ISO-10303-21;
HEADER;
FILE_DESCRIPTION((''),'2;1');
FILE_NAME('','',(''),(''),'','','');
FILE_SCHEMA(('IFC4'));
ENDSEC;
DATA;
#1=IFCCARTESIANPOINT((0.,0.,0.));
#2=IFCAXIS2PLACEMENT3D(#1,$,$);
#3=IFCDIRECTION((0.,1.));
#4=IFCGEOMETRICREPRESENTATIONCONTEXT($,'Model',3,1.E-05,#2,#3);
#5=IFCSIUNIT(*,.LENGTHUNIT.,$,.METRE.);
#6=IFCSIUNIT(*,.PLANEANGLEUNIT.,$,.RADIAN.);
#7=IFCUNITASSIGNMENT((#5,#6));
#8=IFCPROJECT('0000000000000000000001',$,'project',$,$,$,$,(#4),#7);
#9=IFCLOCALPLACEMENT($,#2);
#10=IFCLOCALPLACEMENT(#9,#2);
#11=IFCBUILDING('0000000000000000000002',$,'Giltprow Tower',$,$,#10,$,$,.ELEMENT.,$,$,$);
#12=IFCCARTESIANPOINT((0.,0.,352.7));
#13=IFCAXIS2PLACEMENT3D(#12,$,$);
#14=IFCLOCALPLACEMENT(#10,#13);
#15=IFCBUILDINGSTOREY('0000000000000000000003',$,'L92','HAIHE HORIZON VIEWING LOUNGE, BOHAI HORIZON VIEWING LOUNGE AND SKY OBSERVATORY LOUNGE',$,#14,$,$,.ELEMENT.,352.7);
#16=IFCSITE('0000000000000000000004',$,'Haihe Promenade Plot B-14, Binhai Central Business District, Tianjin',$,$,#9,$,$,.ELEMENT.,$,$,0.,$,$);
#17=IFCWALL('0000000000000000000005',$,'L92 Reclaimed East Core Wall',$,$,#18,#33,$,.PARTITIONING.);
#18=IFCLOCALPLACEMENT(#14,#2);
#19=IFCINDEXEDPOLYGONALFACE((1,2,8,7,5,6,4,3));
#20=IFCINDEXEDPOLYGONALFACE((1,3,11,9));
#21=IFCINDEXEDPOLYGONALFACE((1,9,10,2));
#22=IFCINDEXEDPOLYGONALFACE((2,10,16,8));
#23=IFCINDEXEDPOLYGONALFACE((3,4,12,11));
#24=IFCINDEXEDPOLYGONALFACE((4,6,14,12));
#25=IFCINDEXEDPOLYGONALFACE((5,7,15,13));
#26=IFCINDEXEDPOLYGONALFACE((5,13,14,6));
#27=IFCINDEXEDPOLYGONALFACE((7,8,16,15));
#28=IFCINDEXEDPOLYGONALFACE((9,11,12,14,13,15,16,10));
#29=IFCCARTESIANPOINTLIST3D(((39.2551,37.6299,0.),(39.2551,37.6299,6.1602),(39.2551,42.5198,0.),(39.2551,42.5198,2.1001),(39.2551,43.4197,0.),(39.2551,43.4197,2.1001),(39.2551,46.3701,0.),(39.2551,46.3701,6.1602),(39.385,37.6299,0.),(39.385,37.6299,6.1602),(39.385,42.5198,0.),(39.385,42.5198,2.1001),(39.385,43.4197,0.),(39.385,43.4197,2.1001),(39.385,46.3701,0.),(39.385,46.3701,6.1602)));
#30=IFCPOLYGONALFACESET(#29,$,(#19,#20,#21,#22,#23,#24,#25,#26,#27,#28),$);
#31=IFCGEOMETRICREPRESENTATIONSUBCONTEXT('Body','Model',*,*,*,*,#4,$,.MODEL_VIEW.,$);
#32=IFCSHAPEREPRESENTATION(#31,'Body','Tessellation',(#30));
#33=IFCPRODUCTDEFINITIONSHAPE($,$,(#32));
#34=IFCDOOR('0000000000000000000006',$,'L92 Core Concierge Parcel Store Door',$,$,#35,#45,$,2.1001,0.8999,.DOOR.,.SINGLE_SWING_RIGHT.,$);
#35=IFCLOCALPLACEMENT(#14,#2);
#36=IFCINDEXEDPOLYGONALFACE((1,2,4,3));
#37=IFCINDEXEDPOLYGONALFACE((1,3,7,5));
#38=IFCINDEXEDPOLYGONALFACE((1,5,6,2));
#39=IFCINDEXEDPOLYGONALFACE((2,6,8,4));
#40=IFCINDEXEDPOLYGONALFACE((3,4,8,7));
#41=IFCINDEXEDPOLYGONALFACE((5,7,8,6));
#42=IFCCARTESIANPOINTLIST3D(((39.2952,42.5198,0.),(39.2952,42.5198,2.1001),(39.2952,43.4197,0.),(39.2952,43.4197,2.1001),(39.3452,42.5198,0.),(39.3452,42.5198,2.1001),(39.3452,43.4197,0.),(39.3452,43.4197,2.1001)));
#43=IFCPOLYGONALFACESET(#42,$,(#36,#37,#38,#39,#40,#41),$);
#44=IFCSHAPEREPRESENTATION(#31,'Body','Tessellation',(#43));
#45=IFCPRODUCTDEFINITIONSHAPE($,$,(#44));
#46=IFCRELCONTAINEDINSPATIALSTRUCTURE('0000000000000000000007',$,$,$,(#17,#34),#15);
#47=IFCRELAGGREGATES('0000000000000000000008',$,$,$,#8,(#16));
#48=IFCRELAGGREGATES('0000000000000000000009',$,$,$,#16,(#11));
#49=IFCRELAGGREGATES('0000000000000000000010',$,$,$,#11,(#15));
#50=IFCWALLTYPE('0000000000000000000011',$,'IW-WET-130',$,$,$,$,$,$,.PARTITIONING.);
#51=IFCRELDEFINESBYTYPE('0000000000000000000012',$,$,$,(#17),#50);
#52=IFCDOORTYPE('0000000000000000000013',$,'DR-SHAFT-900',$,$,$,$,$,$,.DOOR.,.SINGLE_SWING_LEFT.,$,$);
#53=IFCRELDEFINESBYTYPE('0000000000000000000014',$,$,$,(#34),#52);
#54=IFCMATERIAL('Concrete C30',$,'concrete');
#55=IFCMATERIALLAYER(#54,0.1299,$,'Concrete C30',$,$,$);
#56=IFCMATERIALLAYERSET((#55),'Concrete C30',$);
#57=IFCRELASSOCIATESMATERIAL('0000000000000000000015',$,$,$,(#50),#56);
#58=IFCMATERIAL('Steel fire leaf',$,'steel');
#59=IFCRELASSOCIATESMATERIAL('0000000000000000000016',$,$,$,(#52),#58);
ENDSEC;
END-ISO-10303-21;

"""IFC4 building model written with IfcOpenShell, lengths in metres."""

from ifc_helpers import new_model, si_unit, direction, frame, frame_2d, origin, place, context, subcontext, project, spatial, rectangle, extrude, source, transform, mapped, material, layer, layer_set, type_object, element, fill, save


model = new_model("IFC4")

# Units and contexts
model_context = context("Model", 3, precision=1e-05, world=origin(), true_north=direction((0.0, 1.0)))
body_context = subcontext(model_context, "Body", "Model", "MODEL_VIEW")
ifc_project = project(units=[si_unit("LENGTHUNIT", "METRE"), si_unit("PLANEANGLEUNIT", "RADIAN")], contexts=[model_context])

# Site, building, storey
site_placement = place(None, origin())
site = spatial("IfcSite", under=ifc_project, at=site_placement, Name="Haihe Promenade Plot B-14, Binhai Central Business District, Tianjin", CompositionType="ELEMENT", RefElevation=0.0)
building_placement = place(site_placement, origin())
building = spatial("IfcBuilding", under=site, at=building_placement, Name="Giltprow Tower", CompositionType="ELEMENT")
storey_placement = place(building_placement, frame((0.0, 0.0, 352.7)))
storey = spatial("IfcBuildingStorey", under=building, at=storey_placement, Name="L92", Description="HAIHE HORIZON VIEWING LOUNGE, BOHAI HORIZON VIEWING LOUNGE AND SKY OBSERVATORY LOUNGE", CompositionType="ELEMENT", Elevation=352.7)

# Wall, opening, door
ifc_material_1 = material(Name="Concrete C30", Category="concrete")
ifc_layer_1 = layer(ifc_material_1, 0.1299, Name="Concrete C30")
ifc_layer_set_1 = layer_set([ifc_layer_1], Name="Concrete C30")
wall_type_1 = type_object("IfcWallType", Name="IW-WET-130", PredefinedType="PARTITIONING", material=ifc_layer_set_1)
wall_1_placement = place(storey_placement, frame((39.3201, 37.6299, 0.0), z_axis=(0.0, 0.0, 1.0), x_axis=(0.0, 1.0, 0.0)))
wall_1 = element("IfcWall", 1, at=wall_1_placement, inside=storey, type_object=wall_type_1, Name="L92 Reclaimed East Core Wall", PredefinedType="PARTITIONING", context=body_context, shape_type="SweptSolid", body=[
    extrude(rectangle(XDim=8.7402, YDim=0.1299, at=frame_2d((4.3701, 0.0))), origin(), (0.0, 0.0, 1.0), 6.1602),
])
opening_1_placement = place(wall_1_placement, frame((4.8899, 0.0, 0.0)))
opening_1 = element("IfcOpeningElement", 2, at=opening_1_placement, cuts=wall_1, PredefinedType="OPENING", context=body_context, shape_type="SweptSolid", body=[
    extrude(rectangle(XDim=0.8999, YDim=2.1001, at=frame_2d((0.45, 1.05))), frame((0.0, 0.075, 0.0), z_axis=(0.0, -1.0, 0.0), x_axis=(1.0, 0.0, 0.0)), (0.0, 0.0, 1.0), 0.1499),
])
ifc_material_2 = material(Name="Steel fire leaf", Category="steel")
door_type_1 = type_object("IfcDoorType", Name="DR-SHAFT-900", OperationType="SINGLE_SWING_LEFT", PredefinedType="DOOR", material=ifc_material_2)
shared_shape_1 = source(origin(), body_context, "Body", "SweptSolid", [
    extrude(rectangle(XDim=0.8999, YDim=2.1001, at=frame_2d((0.45, 1.05))), frame((0.0, 0.0249, 0.0), z_axis=(0.0, -1.0, 0.0), x_axis=(1.0, 0.0, 0.0)), (0.0, 0.0, 1.0), 0.05),
])
door_1_placement = place(opening_1_placement, origin())
door_1 = element("IfcDoor", 3, at=door_1_placement, inside=storey, type_object=door_type_1, Name="L92 Core Concierge Parcel Store Door", OperationType="SINGLE_SWING_RIGHT", OverallHeight=2.1001, OverallWidth=0.8999, PredefinedType="DOOR", context=body_context, shape_type="MappedRepresentation", body=[
    mapped(shared_shape_1, transform((0.0, 0.0, 0.0), x_axis=(1.0, 0.0, 0.0), y_axis=(0.0, 1.0, 0.0), z_axis=(0.0, 0.0, 1.0), scale=1.0)),
])
fill(opening_1, door_1)

save(model, "model.ifc")
